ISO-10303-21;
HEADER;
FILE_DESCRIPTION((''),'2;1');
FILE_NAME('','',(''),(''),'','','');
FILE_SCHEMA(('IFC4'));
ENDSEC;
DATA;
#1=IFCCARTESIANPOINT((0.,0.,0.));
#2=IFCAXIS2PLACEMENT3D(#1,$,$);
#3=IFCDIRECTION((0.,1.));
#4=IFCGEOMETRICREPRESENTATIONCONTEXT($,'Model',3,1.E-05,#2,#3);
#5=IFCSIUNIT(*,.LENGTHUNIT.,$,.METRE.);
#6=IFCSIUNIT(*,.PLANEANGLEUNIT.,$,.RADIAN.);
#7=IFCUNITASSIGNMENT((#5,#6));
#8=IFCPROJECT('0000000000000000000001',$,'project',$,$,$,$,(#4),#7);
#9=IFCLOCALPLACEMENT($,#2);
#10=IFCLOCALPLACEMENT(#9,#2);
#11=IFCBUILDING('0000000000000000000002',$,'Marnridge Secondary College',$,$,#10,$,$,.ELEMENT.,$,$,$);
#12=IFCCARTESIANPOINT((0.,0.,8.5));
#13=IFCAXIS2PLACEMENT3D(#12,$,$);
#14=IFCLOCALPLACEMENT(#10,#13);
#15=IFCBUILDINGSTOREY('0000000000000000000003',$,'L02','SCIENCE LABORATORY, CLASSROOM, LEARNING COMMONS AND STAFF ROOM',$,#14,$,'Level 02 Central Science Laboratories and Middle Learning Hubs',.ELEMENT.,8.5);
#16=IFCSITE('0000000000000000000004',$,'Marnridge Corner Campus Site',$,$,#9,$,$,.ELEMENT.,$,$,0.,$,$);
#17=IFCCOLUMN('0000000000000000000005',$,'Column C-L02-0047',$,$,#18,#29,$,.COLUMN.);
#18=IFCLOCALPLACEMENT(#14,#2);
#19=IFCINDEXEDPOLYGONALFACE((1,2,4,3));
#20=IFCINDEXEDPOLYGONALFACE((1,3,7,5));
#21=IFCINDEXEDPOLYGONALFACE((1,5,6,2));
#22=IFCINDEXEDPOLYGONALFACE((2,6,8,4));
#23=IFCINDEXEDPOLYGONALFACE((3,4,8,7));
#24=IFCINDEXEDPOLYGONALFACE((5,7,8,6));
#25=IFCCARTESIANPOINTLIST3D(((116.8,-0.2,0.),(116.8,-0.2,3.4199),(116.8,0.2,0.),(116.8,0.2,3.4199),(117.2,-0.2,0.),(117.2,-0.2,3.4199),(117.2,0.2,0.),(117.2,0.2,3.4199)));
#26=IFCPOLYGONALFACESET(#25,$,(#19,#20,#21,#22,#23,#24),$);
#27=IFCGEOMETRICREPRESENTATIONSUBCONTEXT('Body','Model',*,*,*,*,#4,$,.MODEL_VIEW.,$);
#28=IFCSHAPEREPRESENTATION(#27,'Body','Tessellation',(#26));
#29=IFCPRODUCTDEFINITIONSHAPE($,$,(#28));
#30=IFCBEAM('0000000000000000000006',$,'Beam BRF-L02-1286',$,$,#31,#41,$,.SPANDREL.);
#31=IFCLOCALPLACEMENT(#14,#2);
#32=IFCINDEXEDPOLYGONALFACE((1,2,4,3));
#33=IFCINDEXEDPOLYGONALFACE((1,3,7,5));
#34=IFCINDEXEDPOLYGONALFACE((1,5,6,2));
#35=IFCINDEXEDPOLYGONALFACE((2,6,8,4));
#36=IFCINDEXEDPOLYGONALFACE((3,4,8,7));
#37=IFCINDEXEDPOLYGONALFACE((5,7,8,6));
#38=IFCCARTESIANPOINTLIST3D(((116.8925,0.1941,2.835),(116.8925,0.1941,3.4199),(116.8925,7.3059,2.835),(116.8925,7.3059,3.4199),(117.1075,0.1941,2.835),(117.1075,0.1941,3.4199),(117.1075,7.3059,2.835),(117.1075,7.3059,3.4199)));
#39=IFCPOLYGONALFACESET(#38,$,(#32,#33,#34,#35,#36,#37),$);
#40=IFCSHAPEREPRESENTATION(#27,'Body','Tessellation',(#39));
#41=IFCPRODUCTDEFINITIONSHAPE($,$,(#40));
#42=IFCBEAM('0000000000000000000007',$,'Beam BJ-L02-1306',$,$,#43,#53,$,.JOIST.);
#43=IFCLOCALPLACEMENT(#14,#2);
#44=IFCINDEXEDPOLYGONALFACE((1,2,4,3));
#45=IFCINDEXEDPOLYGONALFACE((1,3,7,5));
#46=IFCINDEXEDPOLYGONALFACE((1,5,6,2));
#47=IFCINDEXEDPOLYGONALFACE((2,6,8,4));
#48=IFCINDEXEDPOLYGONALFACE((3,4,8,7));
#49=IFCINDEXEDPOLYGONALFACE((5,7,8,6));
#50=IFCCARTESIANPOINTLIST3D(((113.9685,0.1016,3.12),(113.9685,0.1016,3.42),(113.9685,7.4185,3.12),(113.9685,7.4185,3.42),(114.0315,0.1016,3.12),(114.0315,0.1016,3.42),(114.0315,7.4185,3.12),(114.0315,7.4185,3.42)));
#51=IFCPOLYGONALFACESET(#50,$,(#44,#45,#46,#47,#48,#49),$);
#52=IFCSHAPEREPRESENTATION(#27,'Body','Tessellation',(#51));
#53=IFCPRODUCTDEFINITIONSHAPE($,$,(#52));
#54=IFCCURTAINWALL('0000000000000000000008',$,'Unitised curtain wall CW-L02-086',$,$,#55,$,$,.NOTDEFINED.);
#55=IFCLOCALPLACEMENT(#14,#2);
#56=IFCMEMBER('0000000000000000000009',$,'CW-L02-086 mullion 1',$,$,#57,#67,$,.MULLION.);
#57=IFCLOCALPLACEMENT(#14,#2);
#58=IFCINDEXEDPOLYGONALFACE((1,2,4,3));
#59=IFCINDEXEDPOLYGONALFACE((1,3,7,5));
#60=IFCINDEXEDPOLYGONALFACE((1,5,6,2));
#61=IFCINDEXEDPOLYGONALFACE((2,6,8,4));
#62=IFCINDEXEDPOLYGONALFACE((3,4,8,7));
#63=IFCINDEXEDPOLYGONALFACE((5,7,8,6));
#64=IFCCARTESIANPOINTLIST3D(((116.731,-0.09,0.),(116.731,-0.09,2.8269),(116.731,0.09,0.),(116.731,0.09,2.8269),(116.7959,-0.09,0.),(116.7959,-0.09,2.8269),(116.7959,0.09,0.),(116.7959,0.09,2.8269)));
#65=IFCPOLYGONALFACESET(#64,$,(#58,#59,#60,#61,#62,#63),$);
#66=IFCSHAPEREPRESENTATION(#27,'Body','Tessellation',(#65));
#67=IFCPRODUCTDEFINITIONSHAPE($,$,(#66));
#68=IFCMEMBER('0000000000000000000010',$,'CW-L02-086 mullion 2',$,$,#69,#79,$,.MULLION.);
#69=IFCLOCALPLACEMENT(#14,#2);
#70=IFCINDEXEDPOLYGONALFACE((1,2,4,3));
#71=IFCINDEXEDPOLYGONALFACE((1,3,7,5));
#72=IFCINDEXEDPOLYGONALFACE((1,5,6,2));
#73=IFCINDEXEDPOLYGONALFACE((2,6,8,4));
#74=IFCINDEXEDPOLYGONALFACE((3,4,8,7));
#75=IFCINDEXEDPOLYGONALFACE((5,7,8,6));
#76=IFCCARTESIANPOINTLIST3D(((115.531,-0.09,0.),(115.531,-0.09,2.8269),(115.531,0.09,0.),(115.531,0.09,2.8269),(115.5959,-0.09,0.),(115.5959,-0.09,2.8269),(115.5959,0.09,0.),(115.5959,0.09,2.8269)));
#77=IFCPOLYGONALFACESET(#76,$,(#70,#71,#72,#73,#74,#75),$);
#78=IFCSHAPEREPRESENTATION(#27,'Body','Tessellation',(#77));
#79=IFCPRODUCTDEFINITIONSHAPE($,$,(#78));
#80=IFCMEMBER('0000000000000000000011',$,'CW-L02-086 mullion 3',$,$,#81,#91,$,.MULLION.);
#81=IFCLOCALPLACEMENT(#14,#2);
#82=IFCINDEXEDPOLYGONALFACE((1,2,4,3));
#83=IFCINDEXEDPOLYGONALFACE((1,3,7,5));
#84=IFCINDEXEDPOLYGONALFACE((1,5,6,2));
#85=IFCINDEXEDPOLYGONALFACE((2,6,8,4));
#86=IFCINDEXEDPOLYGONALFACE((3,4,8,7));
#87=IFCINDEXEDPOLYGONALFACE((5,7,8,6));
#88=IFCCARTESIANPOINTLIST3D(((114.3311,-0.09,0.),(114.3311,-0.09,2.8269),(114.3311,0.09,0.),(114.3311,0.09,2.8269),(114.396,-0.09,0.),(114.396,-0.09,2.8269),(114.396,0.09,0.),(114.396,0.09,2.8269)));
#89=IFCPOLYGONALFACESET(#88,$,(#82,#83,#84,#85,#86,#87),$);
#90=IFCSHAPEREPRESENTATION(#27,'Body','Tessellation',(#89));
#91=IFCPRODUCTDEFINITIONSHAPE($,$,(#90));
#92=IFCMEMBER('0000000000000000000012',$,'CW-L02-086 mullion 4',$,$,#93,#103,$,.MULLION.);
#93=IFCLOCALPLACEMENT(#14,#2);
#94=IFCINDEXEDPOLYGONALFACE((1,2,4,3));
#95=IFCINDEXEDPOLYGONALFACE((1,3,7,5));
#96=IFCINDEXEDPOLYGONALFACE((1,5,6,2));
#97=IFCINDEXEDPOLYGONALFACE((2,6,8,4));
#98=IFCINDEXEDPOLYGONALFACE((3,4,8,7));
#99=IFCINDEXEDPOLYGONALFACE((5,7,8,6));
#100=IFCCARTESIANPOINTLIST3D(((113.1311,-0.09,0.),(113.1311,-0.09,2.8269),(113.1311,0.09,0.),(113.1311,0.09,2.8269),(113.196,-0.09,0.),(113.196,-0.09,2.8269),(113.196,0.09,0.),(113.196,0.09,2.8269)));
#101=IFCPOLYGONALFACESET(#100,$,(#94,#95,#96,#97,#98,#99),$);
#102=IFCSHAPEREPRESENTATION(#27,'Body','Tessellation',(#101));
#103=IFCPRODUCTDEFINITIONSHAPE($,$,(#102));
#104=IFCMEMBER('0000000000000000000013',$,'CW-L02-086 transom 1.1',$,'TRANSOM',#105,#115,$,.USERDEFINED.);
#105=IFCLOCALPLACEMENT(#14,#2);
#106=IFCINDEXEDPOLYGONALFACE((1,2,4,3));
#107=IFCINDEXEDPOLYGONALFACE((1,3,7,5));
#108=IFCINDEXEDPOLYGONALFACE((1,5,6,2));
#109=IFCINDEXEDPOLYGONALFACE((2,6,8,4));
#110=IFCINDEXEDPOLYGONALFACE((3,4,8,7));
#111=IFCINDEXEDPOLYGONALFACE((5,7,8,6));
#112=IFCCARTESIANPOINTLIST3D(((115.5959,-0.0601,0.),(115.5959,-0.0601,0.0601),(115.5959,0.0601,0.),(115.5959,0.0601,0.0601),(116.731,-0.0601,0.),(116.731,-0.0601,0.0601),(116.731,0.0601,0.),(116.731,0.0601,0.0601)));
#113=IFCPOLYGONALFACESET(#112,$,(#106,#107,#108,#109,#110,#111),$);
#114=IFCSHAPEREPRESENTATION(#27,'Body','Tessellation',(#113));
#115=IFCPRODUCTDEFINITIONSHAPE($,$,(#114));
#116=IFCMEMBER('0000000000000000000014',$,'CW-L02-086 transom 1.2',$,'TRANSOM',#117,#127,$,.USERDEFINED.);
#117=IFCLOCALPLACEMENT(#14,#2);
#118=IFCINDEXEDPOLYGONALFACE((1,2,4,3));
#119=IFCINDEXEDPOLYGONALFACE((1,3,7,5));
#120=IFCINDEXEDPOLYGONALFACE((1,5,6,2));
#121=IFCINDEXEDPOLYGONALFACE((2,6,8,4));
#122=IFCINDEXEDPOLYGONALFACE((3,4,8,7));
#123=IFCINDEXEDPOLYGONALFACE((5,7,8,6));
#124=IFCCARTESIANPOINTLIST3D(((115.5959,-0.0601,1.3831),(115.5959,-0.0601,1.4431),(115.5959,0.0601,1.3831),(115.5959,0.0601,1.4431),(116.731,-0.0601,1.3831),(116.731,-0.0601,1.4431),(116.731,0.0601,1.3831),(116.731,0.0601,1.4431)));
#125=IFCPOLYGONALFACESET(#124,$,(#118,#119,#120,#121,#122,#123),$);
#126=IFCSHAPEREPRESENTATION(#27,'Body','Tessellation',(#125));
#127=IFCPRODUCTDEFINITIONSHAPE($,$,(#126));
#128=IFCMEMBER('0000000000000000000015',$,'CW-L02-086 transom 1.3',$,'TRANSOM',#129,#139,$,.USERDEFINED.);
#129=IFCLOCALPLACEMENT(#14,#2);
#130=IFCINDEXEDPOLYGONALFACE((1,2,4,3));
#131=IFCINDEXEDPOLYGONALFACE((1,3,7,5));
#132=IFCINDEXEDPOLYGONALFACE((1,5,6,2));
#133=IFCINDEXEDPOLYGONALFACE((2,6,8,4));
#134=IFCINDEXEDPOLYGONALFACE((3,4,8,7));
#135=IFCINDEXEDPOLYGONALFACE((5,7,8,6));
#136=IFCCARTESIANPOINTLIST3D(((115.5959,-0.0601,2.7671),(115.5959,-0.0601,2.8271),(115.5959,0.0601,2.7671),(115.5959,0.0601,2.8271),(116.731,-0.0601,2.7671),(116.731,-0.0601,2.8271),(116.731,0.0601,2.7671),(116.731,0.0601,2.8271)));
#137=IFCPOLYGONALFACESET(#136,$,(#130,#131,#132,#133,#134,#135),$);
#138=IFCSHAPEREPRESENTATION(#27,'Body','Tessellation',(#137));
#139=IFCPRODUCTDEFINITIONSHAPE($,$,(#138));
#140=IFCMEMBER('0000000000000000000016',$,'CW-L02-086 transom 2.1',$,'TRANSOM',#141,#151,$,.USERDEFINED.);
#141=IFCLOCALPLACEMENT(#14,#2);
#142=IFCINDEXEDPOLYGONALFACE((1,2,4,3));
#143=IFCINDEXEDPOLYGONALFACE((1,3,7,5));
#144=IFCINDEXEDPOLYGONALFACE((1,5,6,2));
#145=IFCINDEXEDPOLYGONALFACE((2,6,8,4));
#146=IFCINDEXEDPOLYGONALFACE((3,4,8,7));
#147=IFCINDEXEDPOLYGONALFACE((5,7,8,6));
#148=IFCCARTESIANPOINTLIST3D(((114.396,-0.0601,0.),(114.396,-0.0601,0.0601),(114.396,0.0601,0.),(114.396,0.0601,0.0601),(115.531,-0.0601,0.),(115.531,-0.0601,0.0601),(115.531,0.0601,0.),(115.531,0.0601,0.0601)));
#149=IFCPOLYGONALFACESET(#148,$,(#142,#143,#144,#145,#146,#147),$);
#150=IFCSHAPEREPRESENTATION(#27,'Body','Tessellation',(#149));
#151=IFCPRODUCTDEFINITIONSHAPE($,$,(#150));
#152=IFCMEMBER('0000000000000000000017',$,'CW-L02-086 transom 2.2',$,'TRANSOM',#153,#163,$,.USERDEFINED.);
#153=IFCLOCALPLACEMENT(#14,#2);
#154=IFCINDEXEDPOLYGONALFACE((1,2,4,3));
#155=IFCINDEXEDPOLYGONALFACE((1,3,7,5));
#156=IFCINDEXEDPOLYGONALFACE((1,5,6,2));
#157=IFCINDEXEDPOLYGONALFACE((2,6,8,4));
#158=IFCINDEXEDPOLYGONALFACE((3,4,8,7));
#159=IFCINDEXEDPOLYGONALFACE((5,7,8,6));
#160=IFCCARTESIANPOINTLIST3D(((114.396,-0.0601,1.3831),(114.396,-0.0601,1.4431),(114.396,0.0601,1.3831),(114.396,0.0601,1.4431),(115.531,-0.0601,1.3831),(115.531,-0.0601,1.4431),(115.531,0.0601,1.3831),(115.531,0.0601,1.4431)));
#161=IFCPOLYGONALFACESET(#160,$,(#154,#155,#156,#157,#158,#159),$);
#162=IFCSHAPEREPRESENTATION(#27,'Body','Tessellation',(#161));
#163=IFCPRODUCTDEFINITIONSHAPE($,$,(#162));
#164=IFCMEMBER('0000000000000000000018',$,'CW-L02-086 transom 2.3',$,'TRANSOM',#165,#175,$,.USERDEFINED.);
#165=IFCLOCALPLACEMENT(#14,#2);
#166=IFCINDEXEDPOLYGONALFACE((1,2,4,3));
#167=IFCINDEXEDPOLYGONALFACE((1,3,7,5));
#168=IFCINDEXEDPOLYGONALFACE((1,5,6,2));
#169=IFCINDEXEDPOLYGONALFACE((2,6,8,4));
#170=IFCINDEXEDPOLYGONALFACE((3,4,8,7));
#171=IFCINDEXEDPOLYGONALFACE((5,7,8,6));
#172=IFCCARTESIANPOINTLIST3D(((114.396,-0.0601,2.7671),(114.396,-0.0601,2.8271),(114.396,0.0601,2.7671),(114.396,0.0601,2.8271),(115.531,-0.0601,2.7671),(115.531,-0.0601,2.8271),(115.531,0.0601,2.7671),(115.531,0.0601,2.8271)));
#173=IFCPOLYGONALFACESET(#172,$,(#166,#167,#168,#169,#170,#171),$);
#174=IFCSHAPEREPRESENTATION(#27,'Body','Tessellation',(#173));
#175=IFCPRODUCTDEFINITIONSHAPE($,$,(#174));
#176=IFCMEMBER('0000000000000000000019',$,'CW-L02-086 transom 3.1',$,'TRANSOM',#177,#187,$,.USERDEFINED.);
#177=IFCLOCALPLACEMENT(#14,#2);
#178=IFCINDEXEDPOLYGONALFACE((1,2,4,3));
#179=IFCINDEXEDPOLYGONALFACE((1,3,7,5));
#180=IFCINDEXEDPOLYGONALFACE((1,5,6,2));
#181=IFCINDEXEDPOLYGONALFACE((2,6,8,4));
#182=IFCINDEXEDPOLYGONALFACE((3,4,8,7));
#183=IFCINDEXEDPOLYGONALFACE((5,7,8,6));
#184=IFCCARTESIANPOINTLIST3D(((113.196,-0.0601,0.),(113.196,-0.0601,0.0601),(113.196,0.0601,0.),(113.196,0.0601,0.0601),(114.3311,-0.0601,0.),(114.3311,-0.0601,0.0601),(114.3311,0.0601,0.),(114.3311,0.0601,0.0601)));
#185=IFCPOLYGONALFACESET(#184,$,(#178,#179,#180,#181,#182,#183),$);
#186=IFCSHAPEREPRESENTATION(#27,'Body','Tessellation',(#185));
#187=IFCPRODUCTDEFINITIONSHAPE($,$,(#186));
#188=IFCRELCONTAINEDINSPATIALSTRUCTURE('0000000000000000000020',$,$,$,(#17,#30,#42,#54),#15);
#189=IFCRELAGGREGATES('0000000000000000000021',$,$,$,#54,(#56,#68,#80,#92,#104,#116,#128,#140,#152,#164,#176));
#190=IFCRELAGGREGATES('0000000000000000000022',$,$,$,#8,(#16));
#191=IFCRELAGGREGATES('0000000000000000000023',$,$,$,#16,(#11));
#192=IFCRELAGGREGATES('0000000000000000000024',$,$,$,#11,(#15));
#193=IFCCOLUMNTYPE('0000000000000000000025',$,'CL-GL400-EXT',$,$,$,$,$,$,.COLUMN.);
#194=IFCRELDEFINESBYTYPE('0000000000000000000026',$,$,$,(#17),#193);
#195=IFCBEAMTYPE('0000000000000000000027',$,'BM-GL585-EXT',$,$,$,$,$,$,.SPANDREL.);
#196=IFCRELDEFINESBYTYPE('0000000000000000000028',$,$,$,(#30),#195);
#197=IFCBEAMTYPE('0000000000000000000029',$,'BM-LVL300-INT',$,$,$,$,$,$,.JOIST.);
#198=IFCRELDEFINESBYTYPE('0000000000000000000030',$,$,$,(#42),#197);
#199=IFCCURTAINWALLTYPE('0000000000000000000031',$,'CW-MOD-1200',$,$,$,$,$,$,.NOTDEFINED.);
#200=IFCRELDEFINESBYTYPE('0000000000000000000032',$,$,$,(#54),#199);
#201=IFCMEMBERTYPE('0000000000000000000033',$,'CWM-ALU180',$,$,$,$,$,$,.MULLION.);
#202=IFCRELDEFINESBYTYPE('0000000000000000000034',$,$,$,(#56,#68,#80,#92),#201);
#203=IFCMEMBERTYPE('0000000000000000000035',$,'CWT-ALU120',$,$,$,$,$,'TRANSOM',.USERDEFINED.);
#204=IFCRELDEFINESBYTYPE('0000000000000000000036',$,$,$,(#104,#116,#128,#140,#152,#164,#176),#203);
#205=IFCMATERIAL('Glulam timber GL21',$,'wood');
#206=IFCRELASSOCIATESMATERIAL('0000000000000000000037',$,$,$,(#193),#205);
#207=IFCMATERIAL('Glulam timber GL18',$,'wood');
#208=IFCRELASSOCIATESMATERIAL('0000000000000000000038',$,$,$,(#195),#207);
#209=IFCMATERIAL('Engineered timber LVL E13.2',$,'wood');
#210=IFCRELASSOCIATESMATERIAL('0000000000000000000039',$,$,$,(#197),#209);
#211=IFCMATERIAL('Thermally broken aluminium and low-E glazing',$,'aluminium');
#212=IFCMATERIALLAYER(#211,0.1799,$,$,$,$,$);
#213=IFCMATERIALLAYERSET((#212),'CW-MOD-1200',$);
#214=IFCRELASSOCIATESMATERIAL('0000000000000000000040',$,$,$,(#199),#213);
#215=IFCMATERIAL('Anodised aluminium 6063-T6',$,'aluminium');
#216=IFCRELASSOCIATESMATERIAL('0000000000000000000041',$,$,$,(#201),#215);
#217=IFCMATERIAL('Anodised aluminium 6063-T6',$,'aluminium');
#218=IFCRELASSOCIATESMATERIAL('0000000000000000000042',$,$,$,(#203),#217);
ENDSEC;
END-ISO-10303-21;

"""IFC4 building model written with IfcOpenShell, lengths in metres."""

from ifc_helpers import new_model, si_unit, direction, frame, origin, origin_2d, place, context, subcontext, project, spatial, rectangle, extrude, material, layer, layer_set, material_profile, profile_set, type_object, element, aggregate, save


model = new_model("IFC4")

# Units and contexts
model_context = context("Model", 3, precision=1e-05, world=origin(), true_north=direction((0.0, 1.0)))
body_context = subcontext(model_context, "Body", "Model", "MODEL_VIEW")
ifc_project = project(units=[si_unit("LENGTHUNIT", "METRE"), si_unit("PLANEANGLEUNIT", "RADIAN")], contexts=[model_context])

# Site, building, storey
site_placement = place(None, origin())
site = spatial("IfcSite", under=ifc_project, at=site_placement, Name="Marnridge Corner Campus Site", CompositionType="ELEMENT", RefElevation=0.0)
building_placement = place(site_placement, origin())
building = spatial("IfcBuilding", under=site, at=building_placement, Name="Marnridge Secondary College", CompositionType="ELEMENT")
storey_placement = place(building_placement, frame((0.0, 0.0, 8.5)))
storey = spatial("IfcBuildingStorey", under=building, at=storey_placement, Name="L02", Description="SCIENCE LABORATORY, CLASSROOM, LEARNING COMMONS AND STAFF ROOM", LongName="Level 02 Central Science Laboratories and Middle Learning Hubs", CompositionType="ELEMENT", Elevation=8.5)

# Column
ifc_material_1 = material(Name="Glulam timber GL21", Category="wood")
ifc_material_profile_1 = material_profile(ifc_material_1, rectangle(XDim=0.3999, YDim=0.3999, at=origin_2d()), Name="GL21 400x400")
ifc_profile_set_1 = profile_set([ifc_material_profile_1], Name="Glulam timber GL21")
column_type = type_object("IfcColumnType", Name="CL-GL400-EXT", PredefinedType="COLUMN", material=ifc_profile_set_1)
column_placement = place(storey_placement, frame((117.0, 0.0, 0.0), z_axis=(0.0, 0.0, 1.0), x_axis=(1.0, 0.0, 0.0)))
element("IfcColumn", 1, at=column_placement, inside=storey, type_object=column_type, Name="Column C-L02-0047", PredefinedType="COLUMN", context=body_context, shape_type="SweptSolid", body=[
    extrude(rectangle(XDim=0.3999, YDim=0.3999, at=origin_2d()), origin(), (0.0, 0.0, 1.0), 3.4199),
])

# Beams
ifc_material_2 = material(Name="Glulam timber GL18", Category="wood")
ifc_material_profile_2 = material_profile(ifc_material_2, rectangle(XDim=0.2151, YDim=0.585, at=origin_2d()), Name="GL18 215x585")
ifc_profile_set_2 = profile_set([ifc_material_profile_2], Name="Glulam timber GL18")
beam_type_1 = type_object("IfcBeamType", Name="BM-GL585-EXT", PredefinedType="SPANDREL", material=ifc_profile_set_2)
beam_1_placement = place(storey_placement, frame((117.0, 0.1941, 3.1274), z_axis=(0.0, 1.0, 0.0), x_axis=(-1.0, 0.0, 0.0)))
element("IfcBeam", 2, at=beam_1_placement, inside=storey, type_object=beam_type_1, Name="Beam BRF-L02-1286", PredefinedType="SPANDREL", context=body_context, shape_type="SweptSolid", body=[
    extrude(rectangle(XDim=0.2151, YDim=0.585, at=origin_2d()), origin(), (0.0, 0.0, 1.0), 7.1118),
])
ifc_material_3 = material(Name="Engineered timber LVL E13.2", Category="wood")
ifc_material_profile_3 = material_profile(ifc_material_3, rectangle(XDim=0.063, YDim=0.3, at=origin_2d()), Name="LVL 63x300")
ifc_profile_set_3 = profile_set([ifc_material_profile_3], Name="Engineered timber LVL E13.2")
beam_type_2 = type_object("IfcBeamType", Name="BM-LVL300-INT", PredefinedType="JOIST", material=ifc_profile_set_3)
beam_2_placement = place(storey_placement, frame((114.0, 0.1016, 3.27), z_axis=(0.0, 1.0, 0.0), x_axis=(-1.0, 0.0, 0.0)))
element("IfcBeam", 3, at=beam_2_placement, inside=storey, type_object=beam_type_2, Name="Beam BJ-L02-1306", PredefinedType="JOIST", context=body_context, shape_type="SweptSolid", body=[
    extrude(rectangle(XDim=0.063, YDim=0.3, at=origin_2d()), origin(), (0.0, 0.0, 1.0), 7.3169),
])

# Curtain wall, members
ifc_material_4 = material(Name="Thermally broken aluminium and low-E glazing", Category="aluminium")
ifc_layer_1 = layer(ifc_material_4, 0.1799)
ifc_layer_set_1 = layer_set([ifc_layer_1], Name="CW-MOD-1200")
curtain_wall_type = type_object("IfcCurtainWallType", Name="CW-MOD-1200", PredefinedType="NOTDEFINED", material=ifc_layer_set_1)
curtain_wall_placement = place(storey_placement, origin())
curtain_wall = element("IfcCurtainWall", 4, at=curtain_wall_placement, inside=storey, type_object=curtain_wall_type, Name="Unitised curtain wall CW-L02-086", PredefinedType="NOTDEFINED")
ifc_material_5 = material(Name="Anodised aluminium 6063-T6", Category="aluminium")
ifc_material_profile_4 = material_profile(ifc_material_5, rectangle(XDim=0.0649, YDim=0.1799, at=origin_2d()), Name="ALU 65x180")
ifc_profile_set_4 = profile_set([ifc_material_profile_4], Name="Anodised aluminium 6063-T6")
member_type_1 = type_object("IfcMemberType", Name="CWM-ALU180", PredefinedType="MULLION", material=ifc_profile_set_4)
member_1_placement = place(storey_placement, frame((116.7634, 0.0, 0.0), z_axis=(0.0, 0.0, 1.0), x_axis=(-1.0, 0.0, 0.0)))
member_1 = element("IfcMember", 5, at=member_1_placement, type_object=member_type_1, Name="CW-L02-086 mullion 1", PredefinedType="MULLION", context=body_context, shape_type="SweptSolid", body=[
    extrude(rectangle(XDim=0.0649, YDim=0.1799, at=origin_2d()), origin(), (0.0, 0.0, 1.0), 2.8269),
])
member_2_placement = place(storey_placement, frame((115.5635, 0.0, 0.0), z_axis=(0.0, 0.0, 1.0), x_axis=(-1.0, 0.0, 0.0)))
member_2 = element("IfcMember", 6, at=member_2_placement, type_object=member_type_1, Name="CW-L02-086 mullion 2", PredefinedType="MULLION", context=body_context, shape_type="SweptSolid", body=[
    extrude(rectangle(XDim=0.0649, YDim=0.1799, at=origin_2d()), origin(), (0.0, 0.0, 1.0), 2.8269),
])
member_3_placement = place(storey_placement, frame((114.3635, 0.0, 0.0), z_axis=(0.0, 0.0, 1.0), x_axis=(-1.0, 0.0, 0.0)))
member_3 = element("IfcMember", 7, at=member_3_placement, type_object=member_type_1, Name="CW-L02-086 mullion 3", PredefinedType="MULLION", context=body_context, shape_type="SweptSolid", body=[
    extrude(rectangle(XDim=0.0649, YDim=0.1799, at=origin_2d()), origin(), (0.0, 0.0, 1.0), 2.8269),
])
member_4_placement = place(storey_placement, frame((113.1636, 0.0, 0.0), z_axis=(0.0, 0.0, 1.0), x_axis=(-1.0, 0.0, 0.0)))
member_4 = element("IfcMember", 8, at=member_4_placement, type_object=member_type_1, Name="CW-L02-086 mullion 4", PredefinedType="MULLION", context=body_context, shape_type="SweptSolid", body=[
    extrude(rectangle(XDim=0.0649, YDim=0.1799, at=origin_2d()), origin(), (0.0, 0.0, 1.0), 2.8269),
])
ifc_material_6 = material(Name="Anodised aluminium 6063-T6", Category="aluminium")
ifc_material_profile_5 = material_profile(ifc_material_6, rectangle(XDim=0.0601, YDim=0.1201, at=origin_2d()), Name="ALU 60x120")
ifc_profile_set_5 = profile_set([ifc_material_profile_5], Name="Anodised aluminium 6063-T6")
member_type_2 = type_object("IfcMemberType", Name="CWT-ALU120", ElementType="TRANSOM", PredefinedType="USERDEFINED", material=ifc_profile_set_5)
member_5_placement = place(storey_placement, frame((116.731, 0.0, 0.03), z_axis=(-1.0, 0.0, 0.0), x_axis=(0.0, 0.0, 1.0)))
member_5 = element("IfcMember", 9, at=member_5_placement, type_object=member_type_2, Name="CW-L02-086 transom 1.1", ObjectType="TRANSOM", PredefinedType="USERDEFINED", context=body_context, shape_type="SweptSolid", body=[
    extrude(rectangle(XDim=0.0601, YDim=0.1201, at=origin_2d()), origin(), (0.0, 0.0, 1.0), 1.135),
])
member_6_placement = place(storey_placement, frame((116.731, 0.0, 1.4131), z_axis=(-1.0, 0.0, 0.0), x_axis=(0.0, 0.0, 1.0)))
member_6 = element("IfcMember", 10, at=member_6_placement, type_object=member_type_2, Name="CW-L02-086 transom 1.2", ObjectType="TRANSOM", PredefinedType="USERDEFINED", context=body_context, shape_type="SweptSolid", body=[
    extrude(rectangle(XDim=0.0601, YDim=0.1201, at=origin_2d()), origin(), (0.0, 0.0, 1.0), 1.135),
])
member_7_placement = place(storey_placement, frame((116.731, 0.0, 2.7971), z_axis=(-1.0, 0.0, 0.0), x_axis=(0.0, 0.0, 1.0)))
member_7 = element("IfcMember", 11, at=member_7_placement, type_object=member_type_2, Name="CW-L02-086 transom 1.3", ObjectType="TRANSOM", PredefinedType="USERDEFINED", context=body_context, shape_type="SweptSolid", body=[
    extrude(rectangle(XDim=0.0601, YDim=0.1201, at=origin_2d()), origin(), (0.0, 0.0, 1.0), 1.135),
])
member_8_placement = place(storey_placement, frame((115.531, 0.0, 0.03), z_axis=(-1.0, 0.0, 0.0), x_axis=(0.0, 0.0, 1.0)))
member_8 = element("IfcMember", 12, at=member_8_placement, type_object=member_type_2, Name="CW-L02-086 transom 2.1", ObjectType="TRANSOM", PredefinedType="USERDEFINED", context=body_context, shape_type="SweptSolid", body=[
    extrude(rectangle(XDim=0.0601, YDim=0.1201, at=origin_2d()), origin(), (0.0, 0.0, 1.0), 1.135),
])
member_9_placement = place(storey_placement, frame((115.531, 0.0, 1.4131), z_axis=(-1.0, 0.0, 0.0), x_axis=(0.0, 0.0, 1.0)))
member_9 = element("IfcMember", 13, at=member_9_placement, type_object=member_type_2, Name="CW-L02-086 transom 2.2", ObjectType="TRANSOM", PredefinedType="USERDEFINED", context=body_context, shape_type="SweptSolid", body=[
    extrude(rectangle(XDim=0.0601, YDim=0.1201, at=origin_2d()), origin(), (0.0, 0.0, 1.0), 1.135),
])
member_10_placement = place(storey_placement, frame((115.531, 0.0, 2.7971), z_axis=(-1.0, 0.0, 0.0), x_axis=(0.0, 0.0, 1.0)))
member_10 = element("IfcMember", 14, at=member_10_placement, type_object=member_type_2, Name="CW-L02-086 transom 2.3", ObjectType="TRANSOM", PredefinedType="USERDEFINED", context=body_context, shape_type="SweptSolid", body=[
    extrude(rectangle(XDim=0.0601, YDim=0.1201, at=origin_2d()), origin(), (0.0, 0.0, 1.0), 1.135),
])
member_11_placement = place(storey_placement, frame((114.3311, 0.0, 0.03), z_axis=(-1.0, 0.0, 0.0), x_axis=(0.0, 0.0, 1.0)))
member_11 = element("IfcMember", 15, at=member_11_placement, type_object=member_type_2, Name="CW-L02-086 transom 3.1", ObjectType="TRANSOM", PredefinedType="USERDEFINED", context=body_context, shape_type="SweptSolid", body=[
    extrude(rectangle(XDim=0.0601, YDim=0.1201, at=origin_2d()), origin(), (0.0, 0.0, 1.0), 1.135),
])
aggregate(curtain_wall, [member_1, member_2, member_3, member_4, member_5, member_6, member_7, member_8, member_9, member_10, member_11])

save(model, "model.ifc")
